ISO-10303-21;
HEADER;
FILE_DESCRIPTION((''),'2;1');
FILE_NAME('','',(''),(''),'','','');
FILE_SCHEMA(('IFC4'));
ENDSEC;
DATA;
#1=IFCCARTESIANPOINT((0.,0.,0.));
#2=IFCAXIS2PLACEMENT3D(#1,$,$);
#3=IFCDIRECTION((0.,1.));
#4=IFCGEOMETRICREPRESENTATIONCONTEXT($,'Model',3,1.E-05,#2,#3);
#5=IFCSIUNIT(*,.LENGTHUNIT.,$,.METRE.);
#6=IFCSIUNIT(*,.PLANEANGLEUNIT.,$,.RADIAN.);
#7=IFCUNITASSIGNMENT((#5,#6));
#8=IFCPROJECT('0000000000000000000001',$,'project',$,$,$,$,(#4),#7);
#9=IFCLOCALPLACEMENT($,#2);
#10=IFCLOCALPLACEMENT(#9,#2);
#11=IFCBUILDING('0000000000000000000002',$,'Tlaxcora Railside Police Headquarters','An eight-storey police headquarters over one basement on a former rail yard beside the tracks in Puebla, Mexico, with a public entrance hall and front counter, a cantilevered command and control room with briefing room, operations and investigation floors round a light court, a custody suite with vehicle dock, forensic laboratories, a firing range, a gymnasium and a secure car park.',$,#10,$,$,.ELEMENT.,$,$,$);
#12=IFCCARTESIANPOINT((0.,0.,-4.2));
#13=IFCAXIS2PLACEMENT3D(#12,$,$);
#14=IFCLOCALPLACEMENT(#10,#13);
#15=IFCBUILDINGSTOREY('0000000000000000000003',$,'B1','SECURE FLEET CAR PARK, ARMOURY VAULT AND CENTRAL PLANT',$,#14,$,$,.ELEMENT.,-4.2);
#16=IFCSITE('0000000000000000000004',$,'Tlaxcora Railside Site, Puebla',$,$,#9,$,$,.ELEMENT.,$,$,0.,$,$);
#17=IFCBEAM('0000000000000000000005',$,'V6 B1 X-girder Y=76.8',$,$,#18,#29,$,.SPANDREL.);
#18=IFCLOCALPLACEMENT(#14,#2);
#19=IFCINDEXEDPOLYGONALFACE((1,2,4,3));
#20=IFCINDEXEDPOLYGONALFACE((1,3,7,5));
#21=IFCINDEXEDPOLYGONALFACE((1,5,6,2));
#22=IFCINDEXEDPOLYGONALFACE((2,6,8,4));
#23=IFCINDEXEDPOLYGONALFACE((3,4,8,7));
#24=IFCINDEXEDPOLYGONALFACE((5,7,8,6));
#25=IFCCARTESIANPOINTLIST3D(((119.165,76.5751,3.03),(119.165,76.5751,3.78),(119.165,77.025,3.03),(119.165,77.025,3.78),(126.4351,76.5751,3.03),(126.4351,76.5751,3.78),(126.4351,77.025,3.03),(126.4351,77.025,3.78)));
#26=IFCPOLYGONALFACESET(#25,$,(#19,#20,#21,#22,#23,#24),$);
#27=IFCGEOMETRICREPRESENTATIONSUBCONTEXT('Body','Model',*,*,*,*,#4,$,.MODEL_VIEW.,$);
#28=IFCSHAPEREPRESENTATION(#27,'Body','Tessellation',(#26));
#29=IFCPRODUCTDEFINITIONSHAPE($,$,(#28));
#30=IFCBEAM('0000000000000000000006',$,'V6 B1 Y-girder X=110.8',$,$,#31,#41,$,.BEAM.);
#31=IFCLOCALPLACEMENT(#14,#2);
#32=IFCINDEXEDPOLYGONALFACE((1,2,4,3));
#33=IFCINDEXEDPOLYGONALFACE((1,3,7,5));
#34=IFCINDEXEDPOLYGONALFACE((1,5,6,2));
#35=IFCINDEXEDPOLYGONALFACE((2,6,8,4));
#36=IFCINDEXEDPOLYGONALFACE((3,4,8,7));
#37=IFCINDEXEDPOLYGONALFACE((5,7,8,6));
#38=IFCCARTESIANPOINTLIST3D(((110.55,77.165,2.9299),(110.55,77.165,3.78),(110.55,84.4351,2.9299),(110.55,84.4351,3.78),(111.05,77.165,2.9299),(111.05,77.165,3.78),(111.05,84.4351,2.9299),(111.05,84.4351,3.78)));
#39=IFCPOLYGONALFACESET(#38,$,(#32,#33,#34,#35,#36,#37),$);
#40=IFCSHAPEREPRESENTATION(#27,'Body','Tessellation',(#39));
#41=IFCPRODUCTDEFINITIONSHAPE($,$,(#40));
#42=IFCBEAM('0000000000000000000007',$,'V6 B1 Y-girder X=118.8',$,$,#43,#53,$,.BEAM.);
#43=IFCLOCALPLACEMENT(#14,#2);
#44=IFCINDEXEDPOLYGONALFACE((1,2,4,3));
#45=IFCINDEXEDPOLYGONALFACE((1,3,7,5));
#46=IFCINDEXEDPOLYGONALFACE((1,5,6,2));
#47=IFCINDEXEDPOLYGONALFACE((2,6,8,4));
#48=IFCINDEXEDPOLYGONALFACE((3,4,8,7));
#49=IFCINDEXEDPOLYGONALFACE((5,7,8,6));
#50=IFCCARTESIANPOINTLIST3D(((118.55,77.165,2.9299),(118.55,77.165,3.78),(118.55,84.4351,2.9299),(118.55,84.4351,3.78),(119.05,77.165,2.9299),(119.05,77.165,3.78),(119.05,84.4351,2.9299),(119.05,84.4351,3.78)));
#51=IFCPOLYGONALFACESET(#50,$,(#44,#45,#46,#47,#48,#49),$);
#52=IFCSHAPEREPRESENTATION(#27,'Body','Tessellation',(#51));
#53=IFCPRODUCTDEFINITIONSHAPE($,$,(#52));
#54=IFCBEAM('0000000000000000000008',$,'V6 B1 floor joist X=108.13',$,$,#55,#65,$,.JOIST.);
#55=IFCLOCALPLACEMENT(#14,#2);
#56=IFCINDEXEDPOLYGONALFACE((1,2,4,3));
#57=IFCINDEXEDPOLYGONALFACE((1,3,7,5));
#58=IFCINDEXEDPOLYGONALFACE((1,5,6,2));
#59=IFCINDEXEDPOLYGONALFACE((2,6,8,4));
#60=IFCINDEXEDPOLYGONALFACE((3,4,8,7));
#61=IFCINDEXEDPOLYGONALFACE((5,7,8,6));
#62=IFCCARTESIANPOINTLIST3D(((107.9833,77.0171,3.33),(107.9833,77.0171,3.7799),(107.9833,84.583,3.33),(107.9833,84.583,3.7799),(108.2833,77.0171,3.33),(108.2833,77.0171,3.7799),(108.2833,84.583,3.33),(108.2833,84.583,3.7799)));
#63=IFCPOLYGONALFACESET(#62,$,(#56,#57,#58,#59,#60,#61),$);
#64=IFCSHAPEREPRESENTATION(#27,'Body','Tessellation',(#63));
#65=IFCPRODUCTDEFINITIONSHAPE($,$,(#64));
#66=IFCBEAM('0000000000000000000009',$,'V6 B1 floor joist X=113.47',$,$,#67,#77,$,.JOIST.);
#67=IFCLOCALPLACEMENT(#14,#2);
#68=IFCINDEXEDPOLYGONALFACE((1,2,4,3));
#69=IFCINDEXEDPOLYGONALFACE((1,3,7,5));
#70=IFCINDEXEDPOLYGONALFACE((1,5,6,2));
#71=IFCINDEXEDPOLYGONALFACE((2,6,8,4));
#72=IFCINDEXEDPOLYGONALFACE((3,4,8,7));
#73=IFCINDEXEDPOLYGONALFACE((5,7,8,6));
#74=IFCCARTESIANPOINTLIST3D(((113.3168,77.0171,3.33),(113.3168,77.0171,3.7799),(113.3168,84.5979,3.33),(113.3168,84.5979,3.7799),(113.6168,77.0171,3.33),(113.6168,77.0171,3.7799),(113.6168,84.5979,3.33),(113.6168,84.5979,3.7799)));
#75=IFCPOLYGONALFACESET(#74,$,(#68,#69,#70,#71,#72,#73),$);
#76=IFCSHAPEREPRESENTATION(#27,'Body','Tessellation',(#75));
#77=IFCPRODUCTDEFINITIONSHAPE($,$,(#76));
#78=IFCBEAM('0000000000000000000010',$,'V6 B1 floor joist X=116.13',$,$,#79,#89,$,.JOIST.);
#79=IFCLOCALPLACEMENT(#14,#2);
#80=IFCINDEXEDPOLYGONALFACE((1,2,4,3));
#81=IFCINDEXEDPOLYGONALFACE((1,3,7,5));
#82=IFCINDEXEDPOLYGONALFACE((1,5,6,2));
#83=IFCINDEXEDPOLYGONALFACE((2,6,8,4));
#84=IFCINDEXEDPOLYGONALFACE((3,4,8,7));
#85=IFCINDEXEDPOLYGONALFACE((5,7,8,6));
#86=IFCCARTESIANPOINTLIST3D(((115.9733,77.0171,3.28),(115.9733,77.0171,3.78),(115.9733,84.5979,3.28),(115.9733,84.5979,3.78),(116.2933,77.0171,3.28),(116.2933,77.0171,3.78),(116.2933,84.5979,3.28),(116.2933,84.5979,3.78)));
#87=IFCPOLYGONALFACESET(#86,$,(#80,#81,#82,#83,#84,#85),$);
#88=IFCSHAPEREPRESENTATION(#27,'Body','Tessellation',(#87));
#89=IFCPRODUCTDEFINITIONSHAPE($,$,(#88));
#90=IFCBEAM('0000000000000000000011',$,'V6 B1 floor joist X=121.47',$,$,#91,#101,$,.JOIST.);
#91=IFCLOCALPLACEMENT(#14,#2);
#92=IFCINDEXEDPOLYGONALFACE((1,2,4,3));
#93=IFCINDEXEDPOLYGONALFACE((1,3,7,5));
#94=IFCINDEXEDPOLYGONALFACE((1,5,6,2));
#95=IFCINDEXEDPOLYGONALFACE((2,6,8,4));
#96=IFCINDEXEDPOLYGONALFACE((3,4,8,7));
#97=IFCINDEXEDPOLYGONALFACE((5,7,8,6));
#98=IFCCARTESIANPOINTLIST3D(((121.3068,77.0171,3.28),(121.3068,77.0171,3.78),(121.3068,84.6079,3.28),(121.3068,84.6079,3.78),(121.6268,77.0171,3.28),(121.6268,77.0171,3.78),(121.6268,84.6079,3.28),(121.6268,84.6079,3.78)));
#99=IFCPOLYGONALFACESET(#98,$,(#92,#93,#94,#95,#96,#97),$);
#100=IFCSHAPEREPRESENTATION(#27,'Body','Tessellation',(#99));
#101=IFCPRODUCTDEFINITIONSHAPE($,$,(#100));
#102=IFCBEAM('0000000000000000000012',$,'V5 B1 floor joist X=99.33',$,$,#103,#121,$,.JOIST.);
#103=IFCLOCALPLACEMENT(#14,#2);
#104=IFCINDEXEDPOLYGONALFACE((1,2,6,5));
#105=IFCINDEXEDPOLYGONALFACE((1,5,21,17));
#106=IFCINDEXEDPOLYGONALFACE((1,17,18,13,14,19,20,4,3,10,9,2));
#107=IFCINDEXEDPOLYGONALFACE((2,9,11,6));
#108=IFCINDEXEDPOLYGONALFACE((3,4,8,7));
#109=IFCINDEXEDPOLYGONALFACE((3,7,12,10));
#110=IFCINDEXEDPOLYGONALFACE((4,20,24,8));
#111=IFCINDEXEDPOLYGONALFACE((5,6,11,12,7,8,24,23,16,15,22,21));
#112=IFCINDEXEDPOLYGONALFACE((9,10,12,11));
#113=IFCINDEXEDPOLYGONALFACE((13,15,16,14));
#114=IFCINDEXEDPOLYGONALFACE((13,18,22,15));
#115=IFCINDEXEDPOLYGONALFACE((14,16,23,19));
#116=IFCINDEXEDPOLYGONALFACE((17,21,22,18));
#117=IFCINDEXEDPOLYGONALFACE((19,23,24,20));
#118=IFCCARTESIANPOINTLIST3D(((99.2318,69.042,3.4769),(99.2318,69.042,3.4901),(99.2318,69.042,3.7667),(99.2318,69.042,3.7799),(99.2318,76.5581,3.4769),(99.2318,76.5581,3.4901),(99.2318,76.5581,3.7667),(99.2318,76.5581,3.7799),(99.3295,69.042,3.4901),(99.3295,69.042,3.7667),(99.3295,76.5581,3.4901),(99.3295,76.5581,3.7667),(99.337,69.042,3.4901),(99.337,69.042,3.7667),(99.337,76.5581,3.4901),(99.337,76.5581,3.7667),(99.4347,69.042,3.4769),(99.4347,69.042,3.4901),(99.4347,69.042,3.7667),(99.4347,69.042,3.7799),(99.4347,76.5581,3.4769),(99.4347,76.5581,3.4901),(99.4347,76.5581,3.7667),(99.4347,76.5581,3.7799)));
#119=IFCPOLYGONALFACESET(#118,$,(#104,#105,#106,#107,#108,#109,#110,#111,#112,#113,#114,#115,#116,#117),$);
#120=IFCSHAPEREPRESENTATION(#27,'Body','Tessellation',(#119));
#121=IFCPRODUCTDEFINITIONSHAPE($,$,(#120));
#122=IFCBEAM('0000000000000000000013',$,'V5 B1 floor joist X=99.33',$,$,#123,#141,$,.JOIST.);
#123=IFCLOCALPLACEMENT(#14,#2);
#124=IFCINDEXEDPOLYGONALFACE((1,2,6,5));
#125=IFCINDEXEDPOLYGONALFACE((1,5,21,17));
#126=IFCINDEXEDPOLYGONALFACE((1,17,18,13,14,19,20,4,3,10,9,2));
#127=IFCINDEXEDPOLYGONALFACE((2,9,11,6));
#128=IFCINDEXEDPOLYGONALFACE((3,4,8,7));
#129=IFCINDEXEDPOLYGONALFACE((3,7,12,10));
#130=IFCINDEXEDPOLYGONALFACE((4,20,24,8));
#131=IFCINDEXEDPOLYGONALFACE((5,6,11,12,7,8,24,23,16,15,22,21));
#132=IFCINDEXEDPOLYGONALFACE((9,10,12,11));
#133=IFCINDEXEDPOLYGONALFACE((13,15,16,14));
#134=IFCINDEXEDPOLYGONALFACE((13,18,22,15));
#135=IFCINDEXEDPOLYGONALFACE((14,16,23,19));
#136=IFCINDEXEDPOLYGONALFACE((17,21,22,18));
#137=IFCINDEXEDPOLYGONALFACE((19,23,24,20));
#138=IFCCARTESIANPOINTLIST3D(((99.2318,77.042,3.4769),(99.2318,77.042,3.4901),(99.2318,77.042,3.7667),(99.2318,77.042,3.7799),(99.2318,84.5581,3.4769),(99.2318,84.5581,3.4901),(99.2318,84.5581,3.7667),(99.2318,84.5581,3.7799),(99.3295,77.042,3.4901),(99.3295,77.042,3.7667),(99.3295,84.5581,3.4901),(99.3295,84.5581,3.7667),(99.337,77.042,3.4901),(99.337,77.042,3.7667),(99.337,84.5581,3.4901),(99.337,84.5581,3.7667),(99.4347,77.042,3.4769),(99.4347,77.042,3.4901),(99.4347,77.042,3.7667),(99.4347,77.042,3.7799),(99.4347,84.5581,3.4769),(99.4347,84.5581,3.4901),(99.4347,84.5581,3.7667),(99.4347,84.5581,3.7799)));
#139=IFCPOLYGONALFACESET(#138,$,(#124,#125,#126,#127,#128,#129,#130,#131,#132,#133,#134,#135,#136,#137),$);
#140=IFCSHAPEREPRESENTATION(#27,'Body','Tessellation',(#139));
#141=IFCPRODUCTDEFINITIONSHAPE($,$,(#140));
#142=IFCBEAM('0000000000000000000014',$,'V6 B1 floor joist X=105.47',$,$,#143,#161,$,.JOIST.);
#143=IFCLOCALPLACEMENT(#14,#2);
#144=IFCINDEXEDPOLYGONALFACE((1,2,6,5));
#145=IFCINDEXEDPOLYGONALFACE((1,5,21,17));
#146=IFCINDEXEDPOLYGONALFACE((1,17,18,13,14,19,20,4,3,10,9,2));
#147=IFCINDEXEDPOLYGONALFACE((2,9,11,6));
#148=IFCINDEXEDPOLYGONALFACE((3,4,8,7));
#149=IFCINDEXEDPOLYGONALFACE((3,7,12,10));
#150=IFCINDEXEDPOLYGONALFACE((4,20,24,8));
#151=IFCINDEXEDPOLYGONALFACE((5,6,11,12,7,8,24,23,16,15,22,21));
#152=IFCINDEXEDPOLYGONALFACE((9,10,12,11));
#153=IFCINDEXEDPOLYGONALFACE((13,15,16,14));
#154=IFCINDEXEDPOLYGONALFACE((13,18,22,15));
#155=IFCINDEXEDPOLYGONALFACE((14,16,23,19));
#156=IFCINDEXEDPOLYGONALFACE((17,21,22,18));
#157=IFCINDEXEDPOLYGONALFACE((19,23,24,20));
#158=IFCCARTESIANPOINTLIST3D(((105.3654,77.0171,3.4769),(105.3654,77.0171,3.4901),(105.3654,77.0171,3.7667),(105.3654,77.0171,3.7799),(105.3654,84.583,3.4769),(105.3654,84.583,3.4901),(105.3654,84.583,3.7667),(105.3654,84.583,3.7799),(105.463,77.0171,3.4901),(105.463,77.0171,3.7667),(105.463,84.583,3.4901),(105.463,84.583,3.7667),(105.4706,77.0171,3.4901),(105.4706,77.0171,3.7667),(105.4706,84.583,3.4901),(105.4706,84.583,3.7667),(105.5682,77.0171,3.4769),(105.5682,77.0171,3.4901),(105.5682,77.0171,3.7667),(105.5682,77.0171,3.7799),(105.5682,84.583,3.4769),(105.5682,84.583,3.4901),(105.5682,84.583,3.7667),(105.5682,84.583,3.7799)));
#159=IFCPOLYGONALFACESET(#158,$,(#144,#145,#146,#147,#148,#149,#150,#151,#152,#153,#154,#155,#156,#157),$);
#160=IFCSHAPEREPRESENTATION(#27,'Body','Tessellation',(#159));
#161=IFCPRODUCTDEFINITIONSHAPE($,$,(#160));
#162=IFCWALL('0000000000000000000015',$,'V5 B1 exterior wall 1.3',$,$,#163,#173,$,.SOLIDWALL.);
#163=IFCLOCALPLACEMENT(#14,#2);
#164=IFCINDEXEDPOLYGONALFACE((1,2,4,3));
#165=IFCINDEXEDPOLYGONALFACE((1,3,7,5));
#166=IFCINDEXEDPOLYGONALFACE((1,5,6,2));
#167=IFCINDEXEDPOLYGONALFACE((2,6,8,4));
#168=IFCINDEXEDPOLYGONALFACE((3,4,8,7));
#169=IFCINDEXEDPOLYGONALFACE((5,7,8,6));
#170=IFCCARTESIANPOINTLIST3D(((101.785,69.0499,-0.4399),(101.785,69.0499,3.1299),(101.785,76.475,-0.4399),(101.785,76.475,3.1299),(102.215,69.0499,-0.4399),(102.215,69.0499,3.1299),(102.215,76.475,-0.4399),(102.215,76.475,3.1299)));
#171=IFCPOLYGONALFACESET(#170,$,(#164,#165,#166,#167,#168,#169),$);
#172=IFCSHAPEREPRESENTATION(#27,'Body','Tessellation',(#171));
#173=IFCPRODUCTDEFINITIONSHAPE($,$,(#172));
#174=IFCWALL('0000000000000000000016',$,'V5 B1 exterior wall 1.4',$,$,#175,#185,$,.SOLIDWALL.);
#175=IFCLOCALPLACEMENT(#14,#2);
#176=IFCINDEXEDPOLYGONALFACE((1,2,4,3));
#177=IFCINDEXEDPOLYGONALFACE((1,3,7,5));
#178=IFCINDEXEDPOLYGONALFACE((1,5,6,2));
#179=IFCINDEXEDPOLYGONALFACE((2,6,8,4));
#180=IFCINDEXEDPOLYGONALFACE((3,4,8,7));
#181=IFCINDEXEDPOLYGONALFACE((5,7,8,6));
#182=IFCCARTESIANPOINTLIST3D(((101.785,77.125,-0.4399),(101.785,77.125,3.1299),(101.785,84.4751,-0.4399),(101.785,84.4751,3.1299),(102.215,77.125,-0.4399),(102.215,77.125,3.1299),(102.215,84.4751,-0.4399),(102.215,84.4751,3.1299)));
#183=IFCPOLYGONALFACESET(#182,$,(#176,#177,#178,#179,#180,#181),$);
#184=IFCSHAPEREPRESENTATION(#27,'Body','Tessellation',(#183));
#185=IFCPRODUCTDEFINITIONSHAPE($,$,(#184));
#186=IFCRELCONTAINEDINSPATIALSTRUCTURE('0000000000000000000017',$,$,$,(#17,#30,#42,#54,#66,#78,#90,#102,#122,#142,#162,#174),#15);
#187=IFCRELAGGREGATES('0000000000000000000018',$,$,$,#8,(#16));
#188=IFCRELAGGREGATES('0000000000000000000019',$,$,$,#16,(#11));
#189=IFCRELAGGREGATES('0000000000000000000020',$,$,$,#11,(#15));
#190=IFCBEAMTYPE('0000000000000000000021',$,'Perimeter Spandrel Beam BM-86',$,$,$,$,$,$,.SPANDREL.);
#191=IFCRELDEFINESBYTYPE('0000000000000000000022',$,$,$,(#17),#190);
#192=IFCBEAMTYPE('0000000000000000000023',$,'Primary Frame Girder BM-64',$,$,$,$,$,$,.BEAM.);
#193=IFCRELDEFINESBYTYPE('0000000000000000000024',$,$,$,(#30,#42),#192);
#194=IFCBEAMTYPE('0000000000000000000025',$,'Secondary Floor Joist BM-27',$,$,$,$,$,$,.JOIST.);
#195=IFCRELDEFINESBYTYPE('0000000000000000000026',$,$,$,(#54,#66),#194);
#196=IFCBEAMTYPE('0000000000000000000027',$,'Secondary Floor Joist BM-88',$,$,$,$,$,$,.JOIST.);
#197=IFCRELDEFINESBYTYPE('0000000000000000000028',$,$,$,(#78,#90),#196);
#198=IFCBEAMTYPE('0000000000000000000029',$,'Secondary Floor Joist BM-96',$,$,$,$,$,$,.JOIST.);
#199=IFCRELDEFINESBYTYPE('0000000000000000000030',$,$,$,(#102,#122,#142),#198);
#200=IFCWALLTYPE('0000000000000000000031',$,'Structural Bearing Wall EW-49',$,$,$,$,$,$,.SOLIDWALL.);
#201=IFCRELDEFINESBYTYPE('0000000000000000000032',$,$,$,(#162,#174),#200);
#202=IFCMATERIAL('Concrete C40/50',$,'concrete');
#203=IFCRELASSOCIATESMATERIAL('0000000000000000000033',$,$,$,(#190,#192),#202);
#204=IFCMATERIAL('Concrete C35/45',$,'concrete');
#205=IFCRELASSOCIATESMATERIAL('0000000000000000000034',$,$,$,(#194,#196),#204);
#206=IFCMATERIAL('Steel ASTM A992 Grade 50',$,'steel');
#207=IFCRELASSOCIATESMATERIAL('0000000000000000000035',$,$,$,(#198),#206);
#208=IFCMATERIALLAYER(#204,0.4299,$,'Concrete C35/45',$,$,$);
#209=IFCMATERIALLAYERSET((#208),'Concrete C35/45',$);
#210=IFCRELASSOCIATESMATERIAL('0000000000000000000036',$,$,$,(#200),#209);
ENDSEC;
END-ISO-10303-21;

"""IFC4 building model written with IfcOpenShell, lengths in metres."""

from ifc_helpers import new_model, si_unit, direction, frame, frame_2d, origin, origin_2d, place, context, subcontext, project, spatial, rectangle, i_section, extrude, material, layer, layer_set, material_profile, profile_set, type_object, element, save


model = new_model("IFC4")

# Units and contexts
model_context = context("Model", 3, precision=1e-05, world=origin(), true_north=direction((0.0, 1.0)))
body_context = subcontext(model_context, "Body", "Model", "MODEL_VIEW")
ifc_project = project(units=[si_unit("LENGTHUNIT", "METRE"), si_unit("PLANEANGLEUNIT", "RADIAN")], contexts=[model_context])

# Site, building, storey
site_placement = place(None, origin())
site = spatial("IfcSite", under=ifc_project, at=site_placement, Name="Tlaxcora Railside Site, Puebla", CompositionType="ELEMENT", RefElevation=0.0)
building_placement = place(site_placement, origin())
building = spatial("IfcBuilding", under=site, at=building_placement, Name="Tlaxcora Railside Police Headquarters", Description="An eight-storey police headquarters over one basement on a former rail yard beside the tracks in Puebla, Mexico, with a public entrance hall and front counter, a cantilevered command and control room with briefing room, operations and investigation floors round a light court, a custody suite with vehicle dock, forensic laboratories, a firing range, a gymnasium and a secure car park.", CompositionType="ELEMENT")
storey_placement = place(building_placement, frame((0.0, 0.0, -4.2)))
storey = spatial("IfcBuildingStorey", under=building, at=storey_placement, Name="B1", Description="SECURE FLEET CAR PARK, ARMOURY VAULT AND CENTRAL PLANT", CompositionType="ELEMENT", Elevation=-4.2)

# Shared definitions
ifc_material_1 = material(Name="Concrete C35/45", Category="concrete")

# Shared definitions
ifc_material_2 = material(Name="Concrete C40/50", Category="concrete")

# Beams
ifc_material_profile_1 = material_profile(ifc_material_2, rectangle(XDim=0.45, YDim=0.75, at=origin_2d()), Name="RC450X750")
ifc_profile_set_1 = profile_set([ifc_material_profile_1], Name="Concrete C40/50")
beam_type_1 = type_object("IfcBeamType", Name="Perimeter Spandrel Beam BM-86", PredefinedType="SPANDREL", material=ifc_profile_set_1)
for number, where, z_axis, x_axis, name in (
    (1, (119.165, 76.8, 3.405), (1.0, 0.0, 0.0), (0.0, 1.0, 0.0), "V6 B1 X-girder Y=76.8"),
):
    element("IfcBeam", number, at=place(storey_placement, frame(where, z_axis=z_axis, x_axis=x_axis)), inside=storey, type_object=beam_type_1, Name=name, PredefinedType="SPANDREL", context=body_context, shape_type="SweptSolid", body=[
        extrude(rectangle(XDim=0.45, YDim=0.75, at=origin_2d()), origin(), (0.0, 0.0, 1.0), 7.27),
    ])
ifc_material_profile_2 = material_profile(ifc_material_2, rectangle(XDim=0.5, YDim=0.8501, at=origin_2d()), Name="RC500X850")
ifc_profile_set_2 = profile_set([ifc_material_profile_2], Name="Concrete C40/50")
beam_type_2 = type_object("IfcBeamType", Name="Primary Frame Girder BM-64", PredefinedType="BEAM", material=ifc_profile_set_2)
for number, where, z_axis, x_axis, name in (
    (2, (110.8, 77.165, 3.355), (0.0, 1.0, 0.0), (-1.0, 0.0, 0.0), "V6 B1 Y-girder X=110.8"),
    (3, (118.8, 77.165, 3.355), (0.0, 1.0, 0.0), (-1.0, 0.0, 0.0), "V6 B1 Y-girder X=118.8"),
):
    element("IfcBeam", number, at=place(storey_placement, frame(where, z_axis=z_axis, x_axis=x_axis)), inside=storey, type_object=beam_type_2, Name=name, PredefinedType="BEAM", context=body_context, shape_type="SweptSolid", body=[
        extrude(rectangle(XDim=0.5, YDim=0.8501, at=origin_2d()), origin(), (0.0, 0.0, 1.0), 7.27),
    ])
ifc_material_profile_3 = material_profile(ifc_material_1, rectangle(XDim=0.3, YDim=0.45, at=origin_2d()), Name="RC300X450")
ifc_profile_set_3 = profile_set([ifc_material_profile_3], Name="Concrete C35/45")
beam_type_3 = type_object("IfcBeamType", Name="Secondary Floor Joist BM-27", PredefinedType="JOIST", material=ifc_profile_set_3)
beam_1_placement = place(storey_placement, frame((108.1333, 77.0171, 3.5549), z_axis=(0.0, 1.0, 0.0), x_axis=(-1.0, 0.0, 0.0)))
element("IfcBeam", 4, at=beam_1_placement, inside=storey, type_object=beam_type_3, Name="V6 B1 floor joist X=108.13", PredefinedType="JOIST", context=body_context, shape_type="SweptSolid", body=[
    extrude(rectangle(XDim=0.3, YDim=0.45, at=origin_2d()), origin(), (0.0, 0.0, 1.0), 7.5659),
])
beam_2_placement = place(storey_placement, frame((113.4668, 77.0171, 3.5549), z_axis=(0.0, 1.0, 0.0), x_axis=(-1.0, 0.0, 0.0)))
element("IfcBeam", 5, at=beam_2_placement, inside=storey, type_object=beam_type_3, Name="V6 B1 floor joist X=113.47", PredefinedType="JOIST", context=body_context, shape_type="SweptSolid", body=[
    extrude(rectangle(XDim=0.3, YDim=0.45, at=origin_2d()), origin(), (0.0, 0.0, 1.0), 7.5808),
])
ifc_material_profile_4 = material_profile(ifc_material_1, rectangle(XDim=0.3201, YDim=0.5, at=origin_2d()), Name="RC320X500")
ifc_profile_set_4 = profile_set([ifc_material_profile_4], Name="Concrete C35/45")
beam_type_4 = type_object("IfcBeamType", Name="Secondary Floor Joist BM-88", PredefinedType="JOIST", material=ifc_profile_set_4)
beam_3_placement = place(storey_placement, frame((116.1333, 77.0171, 3.53), z_axis=(0.0, 1.0, 0.0), x_axis=(-1.0, 0.0, 0.0)))
element("IfcBeam", 6, at=beam_3_placement, inside=storey, type_object=beam_type_4, Name="V6 B1 floor joist X=116.13", PredefinedType="JOIST", context=body_context, shape_type="SweptSolid", body=[
    extrude(rectangle(XDim=0.3201, YDim=0.5, at=origin_2d()), origin(), (0.0, 0.0, 1.0), 7.5808),
])
beam_4_placement = place(storey_placement, frame((121.4668, 77.0171, 3.53), z_axis=(0.0, 1.0, 0.0), x_axis=(-1.0, 0.0, 0.0)))
element("IfcBeam", 7, at=beam_4_placement, inside=storey, type_object=beam_type_4, Name="V6 B1 floor joist X=121.47", PredefinedType="JOIST", context=body_context, shape_type="SweptSolid", body=[
    extrude(rectangle(XDim=0.3201, YDim=0.5, at=origin_2d()), origin(), (0.0, 0.0, 1.0), 7.5908),
])
ifc_material_3 = material(Name="Steel ASTM A992 Grade 50", Category="steel")
ifc_material_profile_5 = material_profile(ifc_material_3, i_section(OverallWidth=0.2029, OverallDepth=0.303, WebThickness=0.0076, FlangeThickness=0.0132, at=origin_2d()), Name="W12X40")
ifc_profile_set_5 = profile_set([ifc_material_profile_5], Name="Steel ASTM A992 Grade 50")
beam_type_5 = type_object("IfcBeamType", Name="Secondary Floor Joist BM-96", PredefinedType="JOIST", material=ifc_profile_set_5)
for number, where, z_axis, x_axis, name in (
    (8, (99.3333, 69.042, 3.6284), (0.0, 1.0, 0.0), (-1.0, 0.0, 0.0), "V5 B1 floor joist X=99.33"),
    (9, (99.3333, 77.042, 3.6284), (0.0, 1.0, 0.0), (-1.0, 0.0, 0.0), "V5 B1 floor joist X=99.33"),
):
    element("IfcBeam", number, at=place(storey_placement, frame(where, z_axis=z_axis, x_axis=x_axis)), inside=storey, type_object=beam_type_5, Name=name, PredefinedType="JOIST", context=body_context, shape_type="SweptSolid", body=[
        extrude(i_section(OverallWidth=0.2029, OverallDepth=0.303, WebThickness=0.0076, FlangeThickness=0.0132, at=origin_2d()), origin(), (0.0, 0.0, 1.0), 7.5161),
    ])
beam_5_placement = place(storey_placement, frame((105.4668, 77.0171, 3.6284), z_axis=(0.0, 1.0, 0.0), x_axis=(-1.0, 0.0, 0.0)))
element("IfcBeam", 10, at=beam_5_placement, inside=storey, type_object=beam_type_5, Name="V6 B1 floor joist X=105.47", PredefinedType="JOIST", context=body_context, shape_type="SweptSolid", body=[
    extrude(i_section(OverallWidth=0.2029, OverallDepth=0.303, WebThickness=0.0076, FlangeThickness=0.0132, at=origin_2d()), origin(), (0.0, 0.0, 1.0), 7.5659),
])

# Walls
ifc_layer_1 = layer(ifc_material_1, 0.4299, Name="Concrete C35/45")
ifc_layer_set_1 = layer_set([ifc_layer_1], Name="Concrete C35/45")
wall_type_1 = type_object("IfcWallType", Name="Structural Bearing Wall EW-49", PredefinedType="SOLIDWALL", material=ifc_layer_set_1)
wall_1_placement = place(storey_placement, frame((102.0, 69.05, -0.4399), z_axis=(0.0, 0.0, 1.0), x_axis=(0.0, 1.0, 0.0)))
element("IfcWall", 11, at=wall_1_placement, inside=storey, type_object=wall_type_1, Name="V5 B1 exterior wall 1.3", PredefinedType="SOLIDWALL", context=body_context, shape_type="SweptSolid", body=[
    extrude(rectangle(XDim=7.425, YDim=0.4299, at=frame_2d((3.7124, 0.0))), origin(), (0.0, 0.0, 1.0), 3.5698),
])
wall_2_placement = place(storey_placement, frame((102.0, 77.125, -0.4399), z_axis=(0.0, 0.0, 1.0), x_axis=(0.0, 1.0, 0.0)))
element("IfcWall", 12, at=wall_2_placement, inside=storey, type_object=wall_type_1, Name="V5 B1 exterior wall 1.4", PredefinedType="SOLIDWALL", context=body_context, shape_type="SweptSolid", body=[
    extrude(rectangle(XDim=7.3501, YDim=0.4299, at=frame_2d((3.675, 0.0))), origin(), (0.0, 0.0, 1.0), 3.5698),
])

save(model, "model.ifc")
